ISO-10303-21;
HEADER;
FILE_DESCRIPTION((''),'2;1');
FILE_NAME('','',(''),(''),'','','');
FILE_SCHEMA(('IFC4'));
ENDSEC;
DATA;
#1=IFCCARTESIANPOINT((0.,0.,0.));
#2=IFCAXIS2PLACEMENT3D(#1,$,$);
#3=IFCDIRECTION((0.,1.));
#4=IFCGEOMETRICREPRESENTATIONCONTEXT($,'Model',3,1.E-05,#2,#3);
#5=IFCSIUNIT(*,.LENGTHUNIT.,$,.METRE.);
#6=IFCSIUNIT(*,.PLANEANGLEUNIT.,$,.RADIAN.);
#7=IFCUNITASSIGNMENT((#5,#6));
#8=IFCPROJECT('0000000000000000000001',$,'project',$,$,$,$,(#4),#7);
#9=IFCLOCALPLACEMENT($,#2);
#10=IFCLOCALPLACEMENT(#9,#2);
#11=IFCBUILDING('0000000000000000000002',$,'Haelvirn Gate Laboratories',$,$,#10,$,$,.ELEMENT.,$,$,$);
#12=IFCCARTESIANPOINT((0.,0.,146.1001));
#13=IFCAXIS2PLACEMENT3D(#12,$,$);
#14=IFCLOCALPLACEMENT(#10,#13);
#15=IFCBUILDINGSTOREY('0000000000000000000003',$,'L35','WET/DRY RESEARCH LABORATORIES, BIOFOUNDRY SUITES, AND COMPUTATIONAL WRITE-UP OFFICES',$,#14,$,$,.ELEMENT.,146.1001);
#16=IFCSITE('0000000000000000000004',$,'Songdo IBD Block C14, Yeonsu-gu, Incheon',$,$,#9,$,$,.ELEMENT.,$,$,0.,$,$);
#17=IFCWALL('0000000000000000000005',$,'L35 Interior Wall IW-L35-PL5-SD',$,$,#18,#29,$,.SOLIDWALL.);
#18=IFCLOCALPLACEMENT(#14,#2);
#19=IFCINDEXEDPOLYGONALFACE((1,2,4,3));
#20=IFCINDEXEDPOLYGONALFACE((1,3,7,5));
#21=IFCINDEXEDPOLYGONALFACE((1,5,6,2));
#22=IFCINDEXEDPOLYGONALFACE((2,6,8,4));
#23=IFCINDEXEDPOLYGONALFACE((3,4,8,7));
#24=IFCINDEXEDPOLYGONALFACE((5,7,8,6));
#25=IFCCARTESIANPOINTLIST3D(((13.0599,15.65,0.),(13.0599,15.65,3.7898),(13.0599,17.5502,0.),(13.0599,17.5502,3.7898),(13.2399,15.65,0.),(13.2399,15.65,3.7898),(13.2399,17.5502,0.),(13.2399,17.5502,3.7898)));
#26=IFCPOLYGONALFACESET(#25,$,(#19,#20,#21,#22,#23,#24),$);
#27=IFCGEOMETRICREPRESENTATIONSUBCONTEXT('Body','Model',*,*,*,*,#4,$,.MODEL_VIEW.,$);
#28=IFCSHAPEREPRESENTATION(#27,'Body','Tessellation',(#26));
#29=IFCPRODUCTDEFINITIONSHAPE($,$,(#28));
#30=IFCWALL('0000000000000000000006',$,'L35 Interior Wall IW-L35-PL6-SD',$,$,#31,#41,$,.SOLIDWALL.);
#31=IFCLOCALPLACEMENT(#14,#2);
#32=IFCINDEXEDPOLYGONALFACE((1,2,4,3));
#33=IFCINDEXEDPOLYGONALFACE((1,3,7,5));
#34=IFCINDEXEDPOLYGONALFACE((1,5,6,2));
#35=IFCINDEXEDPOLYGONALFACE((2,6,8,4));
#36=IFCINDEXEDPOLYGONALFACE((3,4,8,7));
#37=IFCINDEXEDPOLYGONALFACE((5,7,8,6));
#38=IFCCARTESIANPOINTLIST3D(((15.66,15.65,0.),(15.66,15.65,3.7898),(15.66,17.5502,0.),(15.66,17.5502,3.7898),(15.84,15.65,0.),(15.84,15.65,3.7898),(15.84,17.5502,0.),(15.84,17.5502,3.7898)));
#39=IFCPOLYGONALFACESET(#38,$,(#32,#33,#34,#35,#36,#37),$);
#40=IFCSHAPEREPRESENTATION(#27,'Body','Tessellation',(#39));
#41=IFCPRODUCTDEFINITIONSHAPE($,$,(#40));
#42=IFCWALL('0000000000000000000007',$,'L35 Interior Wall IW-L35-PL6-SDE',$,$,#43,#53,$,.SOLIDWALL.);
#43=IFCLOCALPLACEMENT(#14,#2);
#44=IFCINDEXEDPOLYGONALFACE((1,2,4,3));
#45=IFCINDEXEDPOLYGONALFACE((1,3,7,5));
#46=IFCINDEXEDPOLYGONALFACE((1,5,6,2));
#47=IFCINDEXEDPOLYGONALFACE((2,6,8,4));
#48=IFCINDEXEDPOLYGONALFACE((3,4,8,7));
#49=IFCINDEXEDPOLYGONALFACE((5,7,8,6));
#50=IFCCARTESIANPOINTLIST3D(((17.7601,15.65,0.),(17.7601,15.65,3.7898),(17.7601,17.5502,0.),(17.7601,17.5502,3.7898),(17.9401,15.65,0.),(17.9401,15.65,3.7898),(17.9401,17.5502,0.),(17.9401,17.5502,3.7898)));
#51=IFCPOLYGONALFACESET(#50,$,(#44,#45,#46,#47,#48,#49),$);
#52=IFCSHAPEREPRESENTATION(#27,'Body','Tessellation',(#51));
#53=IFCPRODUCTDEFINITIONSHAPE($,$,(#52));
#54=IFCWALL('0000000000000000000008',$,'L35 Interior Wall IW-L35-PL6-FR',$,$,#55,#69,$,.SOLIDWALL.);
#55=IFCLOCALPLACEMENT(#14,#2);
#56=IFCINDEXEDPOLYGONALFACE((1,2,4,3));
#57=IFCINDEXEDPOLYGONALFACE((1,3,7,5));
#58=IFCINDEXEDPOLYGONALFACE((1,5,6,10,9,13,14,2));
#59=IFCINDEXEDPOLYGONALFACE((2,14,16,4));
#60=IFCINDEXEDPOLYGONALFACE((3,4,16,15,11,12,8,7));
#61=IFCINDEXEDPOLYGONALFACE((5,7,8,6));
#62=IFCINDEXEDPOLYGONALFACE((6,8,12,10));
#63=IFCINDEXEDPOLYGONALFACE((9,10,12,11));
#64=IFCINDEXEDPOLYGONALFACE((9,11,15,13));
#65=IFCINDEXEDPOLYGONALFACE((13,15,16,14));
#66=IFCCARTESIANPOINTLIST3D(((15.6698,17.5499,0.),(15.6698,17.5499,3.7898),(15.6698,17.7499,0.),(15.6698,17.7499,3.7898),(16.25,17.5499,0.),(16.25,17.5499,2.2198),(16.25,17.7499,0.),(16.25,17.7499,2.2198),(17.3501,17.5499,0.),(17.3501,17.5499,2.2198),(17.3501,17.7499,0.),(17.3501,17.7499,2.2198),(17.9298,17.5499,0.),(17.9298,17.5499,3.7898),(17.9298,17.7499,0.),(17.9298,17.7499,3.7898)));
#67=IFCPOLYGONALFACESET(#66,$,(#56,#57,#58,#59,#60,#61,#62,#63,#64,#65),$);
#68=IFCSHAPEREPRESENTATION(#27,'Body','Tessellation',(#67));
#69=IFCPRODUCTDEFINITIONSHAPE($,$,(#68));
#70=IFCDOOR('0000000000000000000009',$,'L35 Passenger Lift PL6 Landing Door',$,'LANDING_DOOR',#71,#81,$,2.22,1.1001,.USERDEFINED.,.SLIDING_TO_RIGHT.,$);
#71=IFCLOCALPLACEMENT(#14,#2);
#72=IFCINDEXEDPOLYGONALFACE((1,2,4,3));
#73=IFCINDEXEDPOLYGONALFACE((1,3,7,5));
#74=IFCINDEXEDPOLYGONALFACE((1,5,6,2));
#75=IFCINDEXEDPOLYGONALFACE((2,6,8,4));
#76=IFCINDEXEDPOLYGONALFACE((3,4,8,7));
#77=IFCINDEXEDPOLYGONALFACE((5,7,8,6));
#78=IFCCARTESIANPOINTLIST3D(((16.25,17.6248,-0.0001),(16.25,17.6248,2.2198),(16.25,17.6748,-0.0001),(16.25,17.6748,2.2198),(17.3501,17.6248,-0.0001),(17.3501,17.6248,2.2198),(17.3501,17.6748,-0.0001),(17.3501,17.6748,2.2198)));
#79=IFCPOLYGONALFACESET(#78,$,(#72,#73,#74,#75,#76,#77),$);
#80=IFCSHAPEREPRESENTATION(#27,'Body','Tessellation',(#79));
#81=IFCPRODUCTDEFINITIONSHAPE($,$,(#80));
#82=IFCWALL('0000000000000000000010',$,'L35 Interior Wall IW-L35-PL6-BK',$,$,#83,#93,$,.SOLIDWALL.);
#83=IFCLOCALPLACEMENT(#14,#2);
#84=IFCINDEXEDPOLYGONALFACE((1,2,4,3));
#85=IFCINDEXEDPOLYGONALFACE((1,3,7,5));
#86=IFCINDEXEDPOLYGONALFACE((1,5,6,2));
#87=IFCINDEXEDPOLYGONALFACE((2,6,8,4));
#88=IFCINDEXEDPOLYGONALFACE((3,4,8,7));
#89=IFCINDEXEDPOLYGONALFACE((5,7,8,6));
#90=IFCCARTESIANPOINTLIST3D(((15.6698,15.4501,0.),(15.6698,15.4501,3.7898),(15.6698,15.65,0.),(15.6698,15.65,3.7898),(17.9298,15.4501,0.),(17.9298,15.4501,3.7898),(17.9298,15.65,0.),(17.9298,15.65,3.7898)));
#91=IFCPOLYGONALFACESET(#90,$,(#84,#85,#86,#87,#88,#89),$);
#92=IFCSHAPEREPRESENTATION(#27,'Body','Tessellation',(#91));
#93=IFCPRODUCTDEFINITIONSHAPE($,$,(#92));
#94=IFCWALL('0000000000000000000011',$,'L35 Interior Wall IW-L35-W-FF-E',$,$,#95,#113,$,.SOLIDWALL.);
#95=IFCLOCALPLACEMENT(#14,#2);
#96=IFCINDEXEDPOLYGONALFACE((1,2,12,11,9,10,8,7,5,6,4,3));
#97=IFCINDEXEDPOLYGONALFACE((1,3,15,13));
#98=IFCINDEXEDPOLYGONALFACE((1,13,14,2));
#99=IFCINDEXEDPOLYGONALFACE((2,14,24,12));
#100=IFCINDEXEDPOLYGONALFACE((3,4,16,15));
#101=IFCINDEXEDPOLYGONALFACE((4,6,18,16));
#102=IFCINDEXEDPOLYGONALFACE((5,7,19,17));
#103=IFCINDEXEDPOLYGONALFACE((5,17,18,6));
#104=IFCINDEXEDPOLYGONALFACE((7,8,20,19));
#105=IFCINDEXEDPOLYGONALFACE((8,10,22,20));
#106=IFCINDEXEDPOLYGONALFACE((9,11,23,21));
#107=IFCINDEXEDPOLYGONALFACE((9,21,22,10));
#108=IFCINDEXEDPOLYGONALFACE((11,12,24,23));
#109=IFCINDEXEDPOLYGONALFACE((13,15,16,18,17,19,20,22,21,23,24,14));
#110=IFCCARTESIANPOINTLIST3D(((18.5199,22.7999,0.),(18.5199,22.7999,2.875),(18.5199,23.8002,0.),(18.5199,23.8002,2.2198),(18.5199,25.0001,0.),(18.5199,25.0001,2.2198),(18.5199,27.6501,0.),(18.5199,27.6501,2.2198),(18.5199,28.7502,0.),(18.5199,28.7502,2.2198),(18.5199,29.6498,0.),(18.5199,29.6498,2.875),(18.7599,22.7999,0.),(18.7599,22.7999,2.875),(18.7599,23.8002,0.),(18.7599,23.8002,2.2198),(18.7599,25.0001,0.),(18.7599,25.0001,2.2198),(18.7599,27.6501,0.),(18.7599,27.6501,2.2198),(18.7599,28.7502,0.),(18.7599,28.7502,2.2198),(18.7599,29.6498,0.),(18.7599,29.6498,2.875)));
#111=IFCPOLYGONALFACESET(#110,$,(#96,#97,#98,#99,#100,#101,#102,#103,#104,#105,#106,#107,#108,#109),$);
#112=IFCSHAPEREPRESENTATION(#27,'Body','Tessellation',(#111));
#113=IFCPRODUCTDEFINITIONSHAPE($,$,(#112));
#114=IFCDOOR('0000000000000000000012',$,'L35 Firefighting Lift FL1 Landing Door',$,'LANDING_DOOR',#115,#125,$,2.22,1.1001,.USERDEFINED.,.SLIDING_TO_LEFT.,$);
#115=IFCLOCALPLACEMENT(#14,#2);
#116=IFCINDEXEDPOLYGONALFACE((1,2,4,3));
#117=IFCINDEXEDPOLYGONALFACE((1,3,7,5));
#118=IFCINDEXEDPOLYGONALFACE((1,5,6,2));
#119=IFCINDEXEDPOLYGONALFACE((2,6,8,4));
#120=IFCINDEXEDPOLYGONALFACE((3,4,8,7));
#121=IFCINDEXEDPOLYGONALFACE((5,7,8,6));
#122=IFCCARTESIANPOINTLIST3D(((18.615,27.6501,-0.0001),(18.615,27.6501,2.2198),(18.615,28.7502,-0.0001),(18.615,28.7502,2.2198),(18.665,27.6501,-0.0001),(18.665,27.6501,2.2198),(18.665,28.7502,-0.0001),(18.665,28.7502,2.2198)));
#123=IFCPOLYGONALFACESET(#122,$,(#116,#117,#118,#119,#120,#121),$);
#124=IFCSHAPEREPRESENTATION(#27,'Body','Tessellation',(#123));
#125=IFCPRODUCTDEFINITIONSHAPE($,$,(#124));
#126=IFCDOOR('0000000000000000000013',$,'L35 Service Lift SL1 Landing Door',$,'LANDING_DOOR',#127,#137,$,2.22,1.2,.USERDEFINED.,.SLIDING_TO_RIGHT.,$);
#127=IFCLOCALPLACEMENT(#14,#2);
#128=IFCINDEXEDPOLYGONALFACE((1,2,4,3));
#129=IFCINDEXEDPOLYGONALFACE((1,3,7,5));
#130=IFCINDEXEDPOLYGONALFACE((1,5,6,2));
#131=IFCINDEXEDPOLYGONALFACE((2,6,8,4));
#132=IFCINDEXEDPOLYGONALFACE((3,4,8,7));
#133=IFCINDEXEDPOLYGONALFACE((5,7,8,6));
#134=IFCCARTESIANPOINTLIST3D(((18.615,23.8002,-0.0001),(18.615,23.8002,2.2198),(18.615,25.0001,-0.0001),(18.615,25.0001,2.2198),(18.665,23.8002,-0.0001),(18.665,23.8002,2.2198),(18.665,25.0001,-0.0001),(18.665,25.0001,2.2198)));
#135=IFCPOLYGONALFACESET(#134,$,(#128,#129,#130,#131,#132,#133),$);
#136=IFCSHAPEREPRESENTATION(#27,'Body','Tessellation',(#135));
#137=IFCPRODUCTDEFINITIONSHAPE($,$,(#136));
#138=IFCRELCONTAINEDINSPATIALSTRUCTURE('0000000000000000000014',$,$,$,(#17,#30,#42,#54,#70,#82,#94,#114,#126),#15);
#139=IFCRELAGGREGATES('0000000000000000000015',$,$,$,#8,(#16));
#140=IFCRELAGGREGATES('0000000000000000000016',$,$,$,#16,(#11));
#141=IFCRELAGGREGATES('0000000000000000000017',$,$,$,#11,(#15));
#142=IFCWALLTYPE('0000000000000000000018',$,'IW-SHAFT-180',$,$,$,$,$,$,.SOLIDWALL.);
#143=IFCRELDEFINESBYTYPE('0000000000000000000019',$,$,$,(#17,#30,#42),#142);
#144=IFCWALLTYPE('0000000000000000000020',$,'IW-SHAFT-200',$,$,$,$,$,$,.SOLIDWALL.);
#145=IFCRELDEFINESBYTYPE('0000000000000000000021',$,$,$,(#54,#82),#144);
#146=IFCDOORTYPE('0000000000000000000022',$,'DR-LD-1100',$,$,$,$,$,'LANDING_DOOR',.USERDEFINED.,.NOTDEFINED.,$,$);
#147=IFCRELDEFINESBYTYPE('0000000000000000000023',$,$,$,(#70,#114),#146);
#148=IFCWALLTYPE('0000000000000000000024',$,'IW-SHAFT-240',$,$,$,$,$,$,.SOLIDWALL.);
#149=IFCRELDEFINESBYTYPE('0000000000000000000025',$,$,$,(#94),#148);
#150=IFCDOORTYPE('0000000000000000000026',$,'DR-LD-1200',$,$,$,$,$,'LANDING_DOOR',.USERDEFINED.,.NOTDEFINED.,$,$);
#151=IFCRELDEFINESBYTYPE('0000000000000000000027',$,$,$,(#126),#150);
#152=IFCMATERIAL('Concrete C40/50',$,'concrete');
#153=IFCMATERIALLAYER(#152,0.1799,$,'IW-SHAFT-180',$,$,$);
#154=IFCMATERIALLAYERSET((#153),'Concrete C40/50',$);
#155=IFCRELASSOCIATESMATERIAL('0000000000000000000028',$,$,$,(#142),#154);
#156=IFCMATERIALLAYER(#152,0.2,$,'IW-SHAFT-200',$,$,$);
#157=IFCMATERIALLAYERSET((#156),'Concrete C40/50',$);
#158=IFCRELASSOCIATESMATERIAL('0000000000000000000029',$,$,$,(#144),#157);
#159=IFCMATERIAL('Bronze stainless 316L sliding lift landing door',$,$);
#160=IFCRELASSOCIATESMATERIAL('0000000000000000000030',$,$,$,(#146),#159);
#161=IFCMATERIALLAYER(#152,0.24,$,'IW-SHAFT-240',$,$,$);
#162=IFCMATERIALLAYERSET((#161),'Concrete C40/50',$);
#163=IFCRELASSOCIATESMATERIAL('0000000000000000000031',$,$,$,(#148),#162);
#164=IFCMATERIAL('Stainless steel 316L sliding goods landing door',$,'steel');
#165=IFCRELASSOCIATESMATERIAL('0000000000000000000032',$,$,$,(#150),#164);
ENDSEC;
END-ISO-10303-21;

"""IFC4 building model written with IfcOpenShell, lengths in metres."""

from ifc_helpers import new_model, si_unit, direction, frame, frame_2d, origin, place, context, subcontext, project, spatial, rectangle, extrude, source, transform, mapped, material, layer, layer_set, type_object, type_shapes, element, fill, save


model = new_model("IFC4")

# Units and contexts
model_context = context("Model", 3, precision=1e-05, world=origin(), true_north=direction((0.0, 1.0)))
body_context = subcontext(model_context, "Body", "Model", "MODEL_VIEW")
ifc_project = project(units=[si_unit("LENGTHUNIT", "METRE"), si_unit("PLANEANGLEUNIT", "RADIAN")], contexts=[model_context])

# Site, building, storey
site_placement = place(None, origin())
site = spatial("IfcSite", under=ifc_project, at=site_placement, Name="Songdo IBD Block C14, Yeonsu-gu, Incheon", CompositionType="ELEMENT", RefElevation=0.0)
building_placement = place(site_placement, origin())
building = spatial("IfcBuilding", under=site, at=building_placement, Name="Haelvirn Gate Laboratories", CompositionType="ELEMENT")
storey_placement = place(building_placement, frame((0.0, 0.0, 146.1001)))
storey = spatial("IfcBuildingStorey", under=building, at=storey_placement, Name="L35", Description="WET/DRY RESEARCH LABORATORIES, BIOFOUNDRY SUITES, AND COMPUTATIONAL WRITE-UP OFFICES", CompositionType="ELEMENT", Elevation=146.1001)

# Walls
ifc_material_1 = material(Name="Concrete C40/50", Category="concrete")
ifc_layer_1 = layer(ifc_material_1, 0.1799, Name="IW-SHAFT-180")
ifc_layer_set_1 = layer_set([ifc_layer_1], Name="Concrete C40/50")
wall_type_1 = type_object("IfcWallType", Name="IW-SHAFT-180", PredefinedType="SOLIDWALL", material=ifc_layer_set_1)
for number, where, z_axis, x_axis, name in (
    (1, (13.1499, 15.6499, 0.0), (0.0, 0.0, 1.0), (0.0, 1.0, 0.0), "L35 Interior Wall IW-L35-PL5-SD"),
    (2, (15.75, 15.6499, 0.0), (0.0, 0.0, 1.0), (0.0, 1.0, 0.0), "L35 Interior Wall IW-L35-PL6-SD"),
    (3, (17.8501, 15.6499, 0.0), (0.0, 0.0, 1.0), (0.0, 1.0, 0.0), "L35 Interior Wall IW-L35-PL6-SDE"),
):
    element("IfcWall", number, at=place(storey_placement, frame(where, z_axis=z_axis, x_axis=x_axis)), inside=storey, type_object=wall_type_1, Name=name, PredefinedType="SOLIDWALL", context=body_context, shape_type="SweptSolid", body=[
        extrude(rectangle(XDim=1.9001, YDim=0.1799, at=frame_2d((0.9502, 0.0))), origin(), (0.0, 0.0, 1.0), 3.7898),
    ])

# Wall, opening, door
ifc_layer_2 = layer(ifc_material_1, 0.2, Name="IW-SHAFT-200")
ifc_layer_set_2 = layer_set([ifc_layer_2], Name="Concrete C40/50")
wall_type_2 = type_object("IfcWallType", Name="IW-SHAFT-200", PredefinedType="SOLIDWALL", material=ifc_layer_set_2)
wall_1_placement = place(storey_placement, frame((15.6699, 17.6499, 0.0), z_axis=(0.0, 0.0, 1.0), x_axis=(1.0, 0.0, 0.0)))
wall_1 = element("IfcWall", 4, at=wall_1_placement, inside=storey, type_object=wall_type_2, Name="L35 Interior Wall IW-L35-PL6-FR", PredefinedType="SOLIDWALL", context=body_context, shape_type="SweptSolid", body=[
    extrude(rectangle(XDim=2.26, YDim=0.2, at=frame_2d((1.1299, 0.0))), origin(), (0.0, 0.0, 1.0), 3.7898),
])
opening_1_placement = place(wall_1_placement, frame((0.5801, 0.0, 0.0)))
opening_1 = element("IfcOpeningElement", 5, at=opening_1_placement, cuts=wall_1, PredefinedType="OPENING", context=body_context, shape_type="SweptSolid", body=[
    extrude(rectangle(XDim=1.1001, YDim=2.22, at=frame_2d((0.55, 1.1099))), frame((0.0, 0.1099, 0.0), z_axis=(0.0, -1.0, 0.0), x_axis=(1.0, 0.0, 0.0)), (0.0, 0.0, 1.0), 0.22),
])
ifc_material_2 = material(Name="Bronze stainless 316L sliding lift landing door")
door_type_1 = type_object("IfcDoorType", Name="DR-LD-1100", ElementType="LANDING_DOOR", OperationType="NOTDEFINED", PredefinedType="USERDEFINED", material=ifc_material_2)
shared_shape_1 = source(origin(), body_context, "Body", "SweptSolid", [
    extrude(rectangle(XDim=1.1001, YDim=2.22, at=frame_2d((0.55, 1.1099))), frame((0.0, 0.0249, 0.0), z_axis=(0.0, -1.0, 0.0), x_axis=(1.0, 0.0, 0.0)), (0.0, 0.0, 1.0), 0.05),
])
type_shapes(door_type_1, [shared_shape_1])
door_1_placement = place(opening_1_placement, origin())
door_1 = element("IfcDoor", 6, at=door_1_placement, inside=storey, type_object=door_type_1, Name="L35 Passenger Lift PL6 Landing Door", ObjectType="LANDING_DOOR", OperationType="SLIDING_TO_RIGHT", OverallHeight=2.22, OverallWidth=1.1001, PredefinedType="USERDEFINED", context=body_context, shape_type="MappedRepresentation", body=[
    mapped(shared_shape_1, transform((0.0, 0.0, 0.0), scale=1.0)),
])
fill(opening_1, door_1)

# Wall
wall_2_placement = place(storey_placement, frame((15.6699, 15.55, 0.0), z_axis=(0.0, 0.0, 1.0), x_axis=(1.0, 0.0, 0.0)))
element("IfcWall", 7, at=wall_2_placement, inside=storey, type_object=wall_type_2, Name="L35 Interior Wall IW-L35-PL6-BK", PredefinedType="SOLIDWALL", context=body_context, shape_type="SweptSolid", body=[
    extrude(rectangle(XDim=2.26, YDim=0.2, at=frame_2d((1.1299, 0.0))), origin(), (0.0, 0.0, 1.0), 3.7898),
])

# Wall, openings, doors
ifc_layer_3 = layer(ifc_material_1, 0.24, Name="IW-SHAFT-240")
ifc_layer_set_3 = layer_set([ifc_layer_3], Name="Concrete C40/50")
wall_type_3 = type_object("IfcWallType", Name="IW-SHAFT-240", PredefinedType="SOLIDWALL", material=ifc_layer_set_3)
wall_3_placement = place(storey_placement, frame((18.6399, 22.8, 0.0), z_axis=(0.0, 0.0, 1.0), x_axis=(0.0, 1.0, 0.0)))
wall_3 = element("IfcWall", 8, at=wall_3_placement, inside=storey, type_object=wall_type_3, Name="L35 Interior Wall IW-L35-W-FF-E", PredefinedType="SOLIDWALL", context=body_context, shape_type="SweptSolid", body=[
    extrude(rectangle(XDim=6.8499, YDim=0.24, at=frame_2d((3.4248, 0.0))), origin(), (0.0, 0.0, 1.0), 2.875),
])
opening_2_placement = place(wall_3_placement, frame((4.8501, 0.0, 0.0)))
opening_2 = element("IfcOpeningElement", 9, at=opening_2_placement, cuts=wall_3, PredefinedType="OPENING", context=body_context, shape_type="SweptSolid", body=[
    extrude(rectangle(XDim=1.1001, YDim=2.22, at=frame_2d((0.55, 1.1099))), frame((0.0, 0.1299, 0.0), z_axis=(0.0, -1.0, 0.0), x_axis=(1.0, 0.0, 0.0)), (0.0, 0.0, 1.0), 0.26),
])
opening_3_placement = place(wall_3_placement, frame((1.0, 0.0, 0.0)))
opening_3 = element("IfcOpeningElement", 10, at=opening_3_placement, cuts=wall_3, PredefinedType="OPENING", context=body_context, shape_type="SweptSolid", body=[
    extrude(rectangle(XDim=1.2, YDim=2.22, at=frame_2d((0.6001, 1.1099))), frame((0.0, 0.1299, 0.0), z_axis=(0.0, -1.0, 0.0), x_axis=(1.0, 0.0, 0.0)), (0.0, 0.0, 1.0), 0.26),
])
door_2_placement = place(opening_2_placement, origin())
door_2 = element("IfcDoor", 11, at=door_2_placement, inside=storey, type_object=door_type_1, Name="L35 Firefighting Lift FL1 Landing Door", ObjectType="LANDING_DOOR", OperationType="SLIDING_TO_LEFT", OverallHeight=2.22, OverallWidth=1.1001, PredefinedType="USERDEFINED", context=body_context, shape_type="MappedRepresentation", body=[
    mapped(shared_shape_1, transform((0.0, 0.0, 0.0), scale=1.0)),
])
fill(opening_2, door_2)
ifc_material_3 = material(Name="Stainless steel 316L sliding goods landing door", Category="steel")
door_type_2 = type_object("IfcDoorType", Name="DR-LD-1200", ElementType="LANDING_DOOR", OperationType="NOTDEFINED", PredefinedType="USERDEFINED", material=ifc_material_3)
shared_shape_2 = source(origin(), body_context, "Body", "SweptSolid", [
    extrude(rectangle(XDim=1.2, YDim=2.22, at=frame_2d((0.6001, 1.1099))), frame((0.0, 0.0249, 0.0), z_axis=(0.0, -1.0, 0.0), x_axis=(1.0, 0.0, 0.0)), (0.0, 0.0, 1.0), 0.05),
])
type_shapes(door_type_2, [shared_shape_2])
door_3_placement = place(opening_3_placement, origin())
door_3 = element("IfcDoor", 12, at=door_3_placement, inside=storey, type_object=door_type_2, Name="L35 Service Lift SL1 Landing Door", ObjectType="LANDING_DOOR", OperationType="SLIDING_TO_RIGHT", OverallHeight=2.22, OverallWidth=1.2, PredefinedType="USERDEFINED", context=body_context, shape_type="MappedRepresentation", body=[
    mapped(shared_shape_2, transform((0.0, 0.0, 0.0), scale=1.0)),
])
fill(opening_3, door_3)

save(model, "model.ifc")
